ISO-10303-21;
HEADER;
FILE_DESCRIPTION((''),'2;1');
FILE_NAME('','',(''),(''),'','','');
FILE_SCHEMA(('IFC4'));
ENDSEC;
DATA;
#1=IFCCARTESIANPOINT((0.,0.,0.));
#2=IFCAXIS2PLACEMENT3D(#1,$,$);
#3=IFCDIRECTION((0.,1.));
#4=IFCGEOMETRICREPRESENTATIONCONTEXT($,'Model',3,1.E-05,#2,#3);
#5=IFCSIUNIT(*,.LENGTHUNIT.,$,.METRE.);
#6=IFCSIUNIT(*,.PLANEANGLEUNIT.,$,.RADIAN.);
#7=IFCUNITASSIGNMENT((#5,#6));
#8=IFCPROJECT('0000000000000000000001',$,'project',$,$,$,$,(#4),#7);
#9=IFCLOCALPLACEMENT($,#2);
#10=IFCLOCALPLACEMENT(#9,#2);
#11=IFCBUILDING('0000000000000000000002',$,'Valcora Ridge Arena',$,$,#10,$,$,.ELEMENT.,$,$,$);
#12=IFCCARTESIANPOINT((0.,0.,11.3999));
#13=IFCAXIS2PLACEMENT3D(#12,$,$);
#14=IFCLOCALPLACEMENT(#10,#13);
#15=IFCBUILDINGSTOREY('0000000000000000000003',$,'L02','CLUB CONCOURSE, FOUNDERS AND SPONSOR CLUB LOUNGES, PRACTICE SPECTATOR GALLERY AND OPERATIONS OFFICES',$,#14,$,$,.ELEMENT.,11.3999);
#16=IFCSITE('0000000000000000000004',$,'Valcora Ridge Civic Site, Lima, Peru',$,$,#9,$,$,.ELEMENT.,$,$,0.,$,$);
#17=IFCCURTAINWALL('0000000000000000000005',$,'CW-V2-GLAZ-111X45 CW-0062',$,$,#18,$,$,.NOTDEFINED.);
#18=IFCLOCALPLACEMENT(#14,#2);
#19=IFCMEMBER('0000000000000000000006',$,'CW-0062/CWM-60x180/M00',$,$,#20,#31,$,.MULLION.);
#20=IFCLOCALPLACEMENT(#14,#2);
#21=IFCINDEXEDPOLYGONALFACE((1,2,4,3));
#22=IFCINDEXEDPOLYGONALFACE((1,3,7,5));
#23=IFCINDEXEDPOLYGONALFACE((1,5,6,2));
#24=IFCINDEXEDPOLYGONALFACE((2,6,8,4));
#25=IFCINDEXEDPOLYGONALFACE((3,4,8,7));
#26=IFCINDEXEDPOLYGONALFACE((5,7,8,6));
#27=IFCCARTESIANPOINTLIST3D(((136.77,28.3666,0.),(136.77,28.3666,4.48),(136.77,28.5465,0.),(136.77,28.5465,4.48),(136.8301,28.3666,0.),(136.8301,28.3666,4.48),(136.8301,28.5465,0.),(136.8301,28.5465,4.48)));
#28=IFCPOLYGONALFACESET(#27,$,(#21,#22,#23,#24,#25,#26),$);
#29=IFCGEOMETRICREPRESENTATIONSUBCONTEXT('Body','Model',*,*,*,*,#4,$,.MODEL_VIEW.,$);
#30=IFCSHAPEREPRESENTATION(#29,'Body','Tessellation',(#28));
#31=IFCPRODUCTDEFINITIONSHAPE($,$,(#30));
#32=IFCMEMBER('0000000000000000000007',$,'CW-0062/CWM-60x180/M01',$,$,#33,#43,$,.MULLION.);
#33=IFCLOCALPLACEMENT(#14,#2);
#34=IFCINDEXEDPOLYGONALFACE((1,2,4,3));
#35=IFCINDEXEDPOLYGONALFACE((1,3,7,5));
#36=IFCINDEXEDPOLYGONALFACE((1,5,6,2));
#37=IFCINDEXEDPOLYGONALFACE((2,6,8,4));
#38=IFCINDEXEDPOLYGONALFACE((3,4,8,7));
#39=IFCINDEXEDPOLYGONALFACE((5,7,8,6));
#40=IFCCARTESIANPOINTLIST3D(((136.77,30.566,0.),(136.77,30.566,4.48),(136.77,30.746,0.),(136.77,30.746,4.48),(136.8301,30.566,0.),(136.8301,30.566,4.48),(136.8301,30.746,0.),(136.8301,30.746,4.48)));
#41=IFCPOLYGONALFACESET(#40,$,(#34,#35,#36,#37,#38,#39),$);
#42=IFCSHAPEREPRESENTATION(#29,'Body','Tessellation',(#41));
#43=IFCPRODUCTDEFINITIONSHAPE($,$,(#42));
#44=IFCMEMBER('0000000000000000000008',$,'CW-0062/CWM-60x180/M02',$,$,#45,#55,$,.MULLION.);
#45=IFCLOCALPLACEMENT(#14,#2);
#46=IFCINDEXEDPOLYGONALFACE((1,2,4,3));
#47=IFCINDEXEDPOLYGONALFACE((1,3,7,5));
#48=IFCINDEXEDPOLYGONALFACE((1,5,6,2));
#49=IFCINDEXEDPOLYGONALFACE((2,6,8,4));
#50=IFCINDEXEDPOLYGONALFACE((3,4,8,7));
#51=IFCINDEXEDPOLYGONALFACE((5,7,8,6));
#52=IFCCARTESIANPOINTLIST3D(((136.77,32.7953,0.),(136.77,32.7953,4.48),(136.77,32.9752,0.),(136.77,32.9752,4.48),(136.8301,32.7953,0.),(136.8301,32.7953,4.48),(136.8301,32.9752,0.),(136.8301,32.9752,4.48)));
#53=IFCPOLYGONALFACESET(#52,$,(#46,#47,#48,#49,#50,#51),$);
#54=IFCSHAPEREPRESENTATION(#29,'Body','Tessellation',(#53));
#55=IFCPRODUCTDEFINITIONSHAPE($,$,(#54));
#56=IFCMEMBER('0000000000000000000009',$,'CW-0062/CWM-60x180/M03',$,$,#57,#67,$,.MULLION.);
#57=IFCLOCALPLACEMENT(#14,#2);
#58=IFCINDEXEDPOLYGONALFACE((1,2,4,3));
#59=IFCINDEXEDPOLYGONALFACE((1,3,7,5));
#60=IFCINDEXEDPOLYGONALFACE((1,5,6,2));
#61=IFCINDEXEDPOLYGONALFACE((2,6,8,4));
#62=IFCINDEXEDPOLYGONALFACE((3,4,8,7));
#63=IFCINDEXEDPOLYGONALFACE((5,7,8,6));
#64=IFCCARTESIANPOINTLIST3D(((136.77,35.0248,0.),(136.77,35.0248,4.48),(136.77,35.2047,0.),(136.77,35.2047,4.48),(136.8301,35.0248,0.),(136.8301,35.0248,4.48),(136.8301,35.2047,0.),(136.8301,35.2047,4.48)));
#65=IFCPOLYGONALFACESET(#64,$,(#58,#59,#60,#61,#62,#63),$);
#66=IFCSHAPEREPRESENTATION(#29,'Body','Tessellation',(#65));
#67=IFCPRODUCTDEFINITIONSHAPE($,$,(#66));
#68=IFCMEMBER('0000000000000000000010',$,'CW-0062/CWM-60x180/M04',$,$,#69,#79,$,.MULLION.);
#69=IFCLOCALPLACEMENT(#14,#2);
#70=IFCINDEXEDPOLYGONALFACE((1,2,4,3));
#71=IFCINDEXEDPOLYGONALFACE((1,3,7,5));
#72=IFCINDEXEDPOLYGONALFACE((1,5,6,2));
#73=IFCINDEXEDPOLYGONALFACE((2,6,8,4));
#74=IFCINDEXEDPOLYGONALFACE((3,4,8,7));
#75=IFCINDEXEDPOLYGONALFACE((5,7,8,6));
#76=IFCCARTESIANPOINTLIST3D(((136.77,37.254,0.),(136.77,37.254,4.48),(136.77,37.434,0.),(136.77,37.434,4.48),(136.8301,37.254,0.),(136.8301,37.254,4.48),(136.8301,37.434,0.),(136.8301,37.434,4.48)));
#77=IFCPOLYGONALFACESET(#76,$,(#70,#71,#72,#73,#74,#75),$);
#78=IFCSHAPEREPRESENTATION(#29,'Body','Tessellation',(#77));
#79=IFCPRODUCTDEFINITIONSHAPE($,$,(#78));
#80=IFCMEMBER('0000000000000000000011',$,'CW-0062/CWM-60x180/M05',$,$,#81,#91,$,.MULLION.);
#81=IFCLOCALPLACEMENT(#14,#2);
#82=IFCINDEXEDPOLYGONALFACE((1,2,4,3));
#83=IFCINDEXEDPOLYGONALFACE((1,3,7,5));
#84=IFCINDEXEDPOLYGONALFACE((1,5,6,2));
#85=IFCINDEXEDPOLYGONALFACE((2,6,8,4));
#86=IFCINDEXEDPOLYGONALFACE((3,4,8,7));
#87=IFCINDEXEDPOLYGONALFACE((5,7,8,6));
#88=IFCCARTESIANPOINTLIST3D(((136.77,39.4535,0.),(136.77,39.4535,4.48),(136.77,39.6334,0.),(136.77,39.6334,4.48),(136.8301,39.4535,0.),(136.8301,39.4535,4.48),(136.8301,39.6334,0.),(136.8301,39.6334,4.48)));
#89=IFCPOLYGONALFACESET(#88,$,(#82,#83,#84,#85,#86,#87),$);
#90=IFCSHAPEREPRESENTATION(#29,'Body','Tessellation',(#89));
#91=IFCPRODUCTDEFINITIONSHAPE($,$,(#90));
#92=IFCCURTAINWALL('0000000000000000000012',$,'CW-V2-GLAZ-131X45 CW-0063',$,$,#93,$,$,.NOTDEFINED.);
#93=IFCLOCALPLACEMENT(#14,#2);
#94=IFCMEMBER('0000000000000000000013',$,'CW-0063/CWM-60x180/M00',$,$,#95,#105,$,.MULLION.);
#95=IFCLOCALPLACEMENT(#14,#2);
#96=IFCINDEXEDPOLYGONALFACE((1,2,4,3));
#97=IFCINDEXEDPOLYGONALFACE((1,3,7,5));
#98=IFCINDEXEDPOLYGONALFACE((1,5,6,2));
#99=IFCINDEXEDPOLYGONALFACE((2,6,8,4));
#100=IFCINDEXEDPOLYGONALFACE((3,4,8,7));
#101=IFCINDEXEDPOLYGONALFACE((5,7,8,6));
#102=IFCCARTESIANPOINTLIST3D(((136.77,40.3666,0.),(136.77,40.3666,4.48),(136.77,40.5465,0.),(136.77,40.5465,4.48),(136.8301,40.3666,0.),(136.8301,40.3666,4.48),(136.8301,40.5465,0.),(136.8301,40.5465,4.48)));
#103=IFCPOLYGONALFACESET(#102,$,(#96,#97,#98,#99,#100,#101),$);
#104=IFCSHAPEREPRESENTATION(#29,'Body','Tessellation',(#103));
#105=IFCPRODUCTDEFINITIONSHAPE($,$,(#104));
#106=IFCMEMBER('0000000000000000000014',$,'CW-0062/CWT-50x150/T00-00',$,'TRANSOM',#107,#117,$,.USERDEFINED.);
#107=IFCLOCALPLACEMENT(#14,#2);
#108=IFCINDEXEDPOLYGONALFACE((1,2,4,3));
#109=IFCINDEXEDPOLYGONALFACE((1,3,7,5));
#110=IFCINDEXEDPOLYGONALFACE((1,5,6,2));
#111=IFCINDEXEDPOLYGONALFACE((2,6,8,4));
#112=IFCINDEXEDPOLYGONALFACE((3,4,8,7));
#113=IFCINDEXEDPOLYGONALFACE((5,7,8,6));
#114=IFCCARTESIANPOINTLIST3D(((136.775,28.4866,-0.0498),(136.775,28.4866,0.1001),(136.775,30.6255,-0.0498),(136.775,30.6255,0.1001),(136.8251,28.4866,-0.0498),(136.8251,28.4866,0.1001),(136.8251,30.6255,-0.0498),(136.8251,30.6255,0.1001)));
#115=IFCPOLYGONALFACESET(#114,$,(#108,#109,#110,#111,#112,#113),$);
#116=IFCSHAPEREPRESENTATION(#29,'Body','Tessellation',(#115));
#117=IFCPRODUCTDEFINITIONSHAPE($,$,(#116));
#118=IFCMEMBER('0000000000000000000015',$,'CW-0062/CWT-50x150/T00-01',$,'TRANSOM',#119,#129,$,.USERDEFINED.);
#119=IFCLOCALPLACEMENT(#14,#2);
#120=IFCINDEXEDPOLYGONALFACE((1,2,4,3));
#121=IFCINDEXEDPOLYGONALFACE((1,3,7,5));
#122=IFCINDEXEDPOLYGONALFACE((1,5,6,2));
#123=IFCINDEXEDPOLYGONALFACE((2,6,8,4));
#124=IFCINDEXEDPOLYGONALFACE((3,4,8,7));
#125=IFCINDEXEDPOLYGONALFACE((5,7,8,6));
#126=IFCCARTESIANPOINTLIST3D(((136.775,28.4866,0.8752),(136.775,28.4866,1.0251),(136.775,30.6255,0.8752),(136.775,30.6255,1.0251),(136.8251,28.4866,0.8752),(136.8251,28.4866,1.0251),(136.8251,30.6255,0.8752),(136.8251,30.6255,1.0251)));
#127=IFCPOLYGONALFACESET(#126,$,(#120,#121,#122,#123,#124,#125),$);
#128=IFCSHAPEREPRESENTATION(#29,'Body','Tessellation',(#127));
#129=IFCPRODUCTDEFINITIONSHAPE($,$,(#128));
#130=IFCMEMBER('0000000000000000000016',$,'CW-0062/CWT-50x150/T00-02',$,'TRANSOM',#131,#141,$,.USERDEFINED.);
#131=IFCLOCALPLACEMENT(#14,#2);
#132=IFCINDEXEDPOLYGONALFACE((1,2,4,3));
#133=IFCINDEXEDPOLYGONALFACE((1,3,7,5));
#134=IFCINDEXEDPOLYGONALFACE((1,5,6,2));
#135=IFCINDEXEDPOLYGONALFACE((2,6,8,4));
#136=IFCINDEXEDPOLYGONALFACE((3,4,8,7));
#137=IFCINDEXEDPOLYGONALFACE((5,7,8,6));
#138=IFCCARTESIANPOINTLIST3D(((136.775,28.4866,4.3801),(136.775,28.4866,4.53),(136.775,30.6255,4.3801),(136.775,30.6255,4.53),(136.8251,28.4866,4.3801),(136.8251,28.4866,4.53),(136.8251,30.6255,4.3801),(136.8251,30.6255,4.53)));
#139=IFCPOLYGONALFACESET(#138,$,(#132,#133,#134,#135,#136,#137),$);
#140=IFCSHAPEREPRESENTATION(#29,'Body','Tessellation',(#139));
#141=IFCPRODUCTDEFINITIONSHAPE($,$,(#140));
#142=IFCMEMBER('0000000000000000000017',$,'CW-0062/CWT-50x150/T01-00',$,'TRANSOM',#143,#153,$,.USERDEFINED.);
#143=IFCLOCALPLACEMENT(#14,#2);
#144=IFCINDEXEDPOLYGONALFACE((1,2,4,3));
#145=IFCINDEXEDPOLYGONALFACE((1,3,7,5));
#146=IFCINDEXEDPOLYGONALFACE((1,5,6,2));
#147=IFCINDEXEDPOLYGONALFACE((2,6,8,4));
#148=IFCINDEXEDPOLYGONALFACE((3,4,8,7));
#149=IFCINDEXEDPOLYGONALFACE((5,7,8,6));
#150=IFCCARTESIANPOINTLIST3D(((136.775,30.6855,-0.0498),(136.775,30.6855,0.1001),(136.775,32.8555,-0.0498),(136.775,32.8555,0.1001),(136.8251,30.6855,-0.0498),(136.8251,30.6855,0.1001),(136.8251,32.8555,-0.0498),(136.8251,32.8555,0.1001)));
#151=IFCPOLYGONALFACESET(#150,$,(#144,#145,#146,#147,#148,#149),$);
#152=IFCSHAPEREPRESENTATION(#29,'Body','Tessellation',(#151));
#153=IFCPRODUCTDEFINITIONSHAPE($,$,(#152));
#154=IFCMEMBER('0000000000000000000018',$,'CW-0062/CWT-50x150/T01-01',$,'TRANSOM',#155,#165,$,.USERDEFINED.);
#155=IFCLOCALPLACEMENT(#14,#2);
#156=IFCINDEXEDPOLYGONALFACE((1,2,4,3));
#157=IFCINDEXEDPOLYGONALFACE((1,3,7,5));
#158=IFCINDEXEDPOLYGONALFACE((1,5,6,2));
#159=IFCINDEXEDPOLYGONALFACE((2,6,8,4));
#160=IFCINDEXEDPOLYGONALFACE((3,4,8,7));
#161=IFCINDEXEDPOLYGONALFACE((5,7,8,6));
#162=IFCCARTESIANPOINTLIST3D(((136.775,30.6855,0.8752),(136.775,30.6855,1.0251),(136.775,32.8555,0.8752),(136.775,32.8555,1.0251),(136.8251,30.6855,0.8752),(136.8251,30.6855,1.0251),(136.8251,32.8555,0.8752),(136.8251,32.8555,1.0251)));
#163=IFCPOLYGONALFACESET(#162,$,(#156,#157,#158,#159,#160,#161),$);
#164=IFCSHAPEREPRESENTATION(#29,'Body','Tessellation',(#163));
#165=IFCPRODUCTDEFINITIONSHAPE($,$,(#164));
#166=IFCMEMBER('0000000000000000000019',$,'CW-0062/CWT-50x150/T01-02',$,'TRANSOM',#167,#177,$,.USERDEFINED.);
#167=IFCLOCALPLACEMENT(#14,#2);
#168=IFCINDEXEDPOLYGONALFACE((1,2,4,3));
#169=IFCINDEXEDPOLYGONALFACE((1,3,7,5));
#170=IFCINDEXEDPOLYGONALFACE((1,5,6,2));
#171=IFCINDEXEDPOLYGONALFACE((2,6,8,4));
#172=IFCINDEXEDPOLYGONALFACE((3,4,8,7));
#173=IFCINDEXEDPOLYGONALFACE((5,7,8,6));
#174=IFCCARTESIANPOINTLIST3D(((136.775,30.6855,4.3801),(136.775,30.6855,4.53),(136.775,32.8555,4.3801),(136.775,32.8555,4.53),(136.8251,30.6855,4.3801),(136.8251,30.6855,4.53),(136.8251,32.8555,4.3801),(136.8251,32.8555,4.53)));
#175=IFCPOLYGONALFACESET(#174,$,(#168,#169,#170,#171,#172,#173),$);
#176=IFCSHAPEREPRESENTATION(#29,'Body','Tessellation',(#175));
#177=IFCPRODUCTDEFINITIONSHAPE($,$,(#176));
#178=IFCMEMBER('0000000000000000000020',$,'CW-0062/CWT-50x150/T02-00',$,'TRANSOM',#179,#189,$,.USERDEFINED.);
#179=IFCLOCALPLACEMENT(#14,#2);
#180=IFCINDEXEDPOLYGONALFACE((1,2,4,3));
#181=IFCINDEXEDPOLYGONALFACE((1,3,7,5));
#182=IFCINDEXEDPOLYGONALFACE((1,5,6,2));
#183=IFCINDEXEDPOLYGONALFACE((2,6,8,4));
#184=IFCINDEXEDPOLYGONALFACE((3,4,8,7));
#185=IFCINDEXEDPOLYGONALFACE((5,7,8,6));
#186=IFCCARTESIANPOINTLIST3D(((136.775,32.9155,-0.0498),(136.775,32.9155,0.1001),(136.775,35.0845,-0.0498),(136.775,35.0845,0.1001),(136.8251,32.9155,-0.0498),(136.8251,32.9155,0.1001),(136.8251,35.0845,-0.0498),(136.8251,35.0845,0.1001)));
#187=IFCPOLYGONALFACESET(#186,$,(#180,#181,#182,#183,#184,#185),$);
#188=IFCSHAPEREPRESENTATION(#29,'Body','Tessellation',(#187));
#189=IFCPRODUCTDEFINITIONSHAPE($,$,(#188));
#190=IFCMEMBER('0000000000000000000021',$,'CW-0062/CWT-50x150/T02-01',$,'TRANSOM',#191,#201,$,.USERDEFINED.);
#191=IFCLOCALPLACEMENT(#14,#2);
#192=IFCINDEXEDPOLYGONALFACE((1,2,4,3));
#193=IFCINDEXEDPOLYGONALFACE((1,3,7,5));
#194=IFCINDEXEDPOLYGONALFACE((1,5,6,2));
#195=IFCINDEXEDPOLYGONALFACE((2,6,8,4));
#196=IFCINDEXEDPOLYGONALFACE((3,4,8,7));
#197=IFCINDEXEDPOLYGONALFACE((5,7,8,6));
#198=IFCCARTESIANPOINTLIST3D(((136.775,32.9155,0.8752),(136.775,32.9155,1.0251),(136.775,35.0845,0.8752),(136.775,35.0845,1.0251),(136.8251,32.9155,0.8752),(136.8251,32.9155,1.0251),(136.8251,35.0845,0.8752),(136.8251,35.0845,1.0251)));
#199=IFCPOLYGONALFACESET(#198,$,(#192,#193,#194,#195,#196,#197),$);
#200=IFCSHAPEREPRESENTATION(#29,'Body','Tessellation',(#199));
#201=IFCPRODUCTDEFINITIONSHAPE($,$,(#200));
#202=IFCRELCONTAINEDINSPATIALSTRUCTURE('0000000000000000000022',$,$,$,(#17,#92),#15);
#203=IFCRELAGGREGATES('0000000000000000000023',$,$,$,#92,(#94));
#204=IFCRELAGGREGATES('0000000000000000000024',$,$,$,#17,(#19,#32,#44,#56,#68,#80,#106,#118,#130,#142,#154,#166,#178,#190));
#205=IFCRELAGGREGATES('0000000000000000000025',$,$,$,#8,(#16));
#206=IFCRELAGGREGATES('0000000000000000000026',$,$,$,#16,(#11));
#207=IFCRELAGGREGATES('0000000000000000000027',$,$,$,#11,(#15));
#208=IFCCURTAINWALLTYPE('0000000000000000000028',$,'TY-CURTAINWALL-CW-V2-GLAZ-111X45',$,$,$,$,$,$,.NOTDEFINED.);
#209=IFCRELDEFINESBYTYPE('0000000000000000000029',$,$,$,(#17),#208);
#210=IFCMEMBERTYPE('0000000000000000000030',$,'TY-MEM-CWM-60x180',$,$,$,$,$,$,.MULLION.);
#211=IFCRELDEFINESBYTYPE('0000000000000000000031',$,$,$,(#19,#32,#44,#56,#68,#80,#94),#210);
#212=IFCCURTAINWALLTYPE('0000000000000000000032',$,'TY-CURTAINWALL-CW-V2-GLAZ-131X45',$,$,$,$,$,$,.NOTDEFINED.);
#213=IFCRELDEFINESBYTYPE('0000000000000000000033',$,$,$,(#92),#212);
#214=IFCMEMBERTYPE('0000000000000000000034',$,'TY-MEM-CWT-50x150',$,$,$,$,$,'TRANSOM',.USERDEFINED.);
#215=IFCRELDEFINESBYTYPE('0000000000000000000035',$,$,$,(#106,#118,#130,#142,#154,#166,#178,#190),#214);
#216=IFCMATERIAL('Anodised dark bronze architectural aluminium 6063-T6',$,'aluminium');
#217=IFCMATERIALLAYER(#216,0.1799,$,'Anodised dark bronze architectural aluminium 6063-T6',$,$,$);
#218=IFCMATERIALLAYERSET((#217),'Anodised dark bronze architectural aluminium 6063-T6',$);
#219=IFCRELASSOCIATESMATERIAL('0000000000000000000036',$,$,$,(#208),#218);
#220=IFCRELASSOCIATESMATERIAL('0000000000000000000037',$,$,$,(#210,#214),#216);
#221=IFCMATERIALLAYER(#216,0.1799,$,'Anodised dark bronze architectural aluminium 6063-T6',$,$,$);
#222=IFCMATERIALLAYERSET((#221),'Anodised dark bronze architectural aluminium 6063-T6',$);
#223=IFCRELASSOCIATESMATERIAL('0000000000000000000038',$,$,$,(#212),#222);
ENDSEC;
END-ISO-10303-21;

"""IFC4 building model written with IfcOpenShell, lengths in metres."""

from ifc_helpers import new_model, si_unit, direction, frame, origin, origin_2d, place, context, subcontext, project, spatial, rectangle, extrude, material, layer, layer_set, material_profile, profile_set, type_object, element, aggregate, save


model = new_model("IFC4")

# Units and contexts
model_context = context("Model", 3, precision=1e-05, world=origin(), true_north=direction((0.0, 1.0)))
body_context = subcontext(model_context, "Body", "Model", "MODEL_VIEW")
ifc_project = project(units=[si_unit("LENGTHUNIT", "METRE"), si_unit("PLANEANGLEUNIT", "RADIAN")], contexts=[model_context])

# Site, building, storey
site_placement = place(None, origin())
site = spatial("IfcSite", under=ifc_project, at=site_placement, Name="Valcora Ridge Civic Site, Lima, Peru", CompositionType="ELEMENT", RefElevation=0.0)
building_placement = place(site_placement, origin())
building = spatial("IfcBuilding", under=site, at=building_placement, Name="Valcora Ridge Arena", CompositionType="ELEMENT")
storey_placement = place(building_placement, frame((0.0, 0.0, 11.3999)))
storey = spatial("IfcBuildingStorey", under=building, at=storey_placement, Name="L02", Description="CLUB CONCOURSE, FOUNDERS AND SPONSOR CLUB LOUNGES, PRACTICE SPECTATOR GALLERY AND OPERATIONS OFFICES", CompositionType="ELEMENT", Elevation=11.3999)

# Curtain wall, members
ifc_material_1 = material(Name="Anodised dark bronze architectural aluminium 6063-T6", Category="aluminium")
ifc_layer_1 = layer(ifc_material_1, 0.1799, Name="Anodised dark bronze architectural aluminium 6063-T6")
ifc_layer_set_1 = layer_set([ifc_layer_1], Name="Anodised dark bronze architectural aluminium 6063-T6")
curtain_wall_type_1 = type_object("IfcCurtainWallType", Name="TY-CURTAINWALL-CW-V2-GLAZ-111X45", PredefinedType="NOTDEFINED", material=ifc_layer_set_1)
curtain_wall_1_placement = place(storey_placement, origin())
curtain_wall_1 = element("IfcCurtainWall", 1, at=curtain_wall_1_placement, inside=storey, type_object=curtain_wall_type_1, Name="CW-V2-GLAZ-111X45 CW-0062", PredefinedType="NOTDEFINED")
ifc_material_profile_1 = material_profile(ifc_material_1, rectangle(XDim=0.0601, YDim=0.1799, at=origin_2d()), Name="ALU MULLION 60x180")
ifc_profile_set_1 = profile_set([ifc_material_profile_1], Name="Anodised dark bronze architectural aluminium 6063-T6")
member_type_1 = type_object("IfcMemberType", Name="TY-MEM-CWM-60x180", PredefinedType="MULLION", material=ifc_profile_set_1)
member_1_placement = place(storey_placement, frame((136.8, 28.4565, 0.0), z_axis=(0.0, 0.0, 1.0), x_axis=(-1.0, 0.0, 0.0)))
member_1 = element("IfcMember", 2, at=member_1_placement, type_object=member_type_1, Name="CW-0062/CWM-60x180/M00", PredefinedType="MULLION", context=body_context, shape_type="SweptSolid", body=[
    extrude(rectangle(XDim=0.0601, YDim=0.1799, at=origin_2d()), origin(), (0.0, 0.0, 1.0), 4.48),
])
member_2_placement = place(storey_placement, frame((136.8, 30.656, 0.0), z_axis=(0.0, 0.0, 1.0), x_axis=(-1.0, 0.0, 0.0)))
member_2 = element("IfcMember", 3, at=member_2_placement, type_object=member_type_1, Name="CW-0062/CWM-60x180/M01", PredefinedType="MULLION", context=body_context, shape_type="SweptSolid", body=[
    extrude(rectangle(XDim=0.0601, YDim=0.1799, at=origin_2d()), origin(), (0.0, 0.0, 1.0), 4.48),
])
member_3_placement = place(storey_placement, frame((136.8, 32.8853, 0.0), z_axis=(0.0, 0.0, 1.0), x_axis=(-1.0, 0.0, 0.0)))
member_3 = element("IfcMember", 4, at=member_3_placement, type_object=member_type_1, Name="CW-0062/CWM-60x180/M02", PredefinedType="MULLION", context=body_context, shape_type="SweptSolid", body=[
    extrude(rectangle(XDim=0.0601, YDim=0.1799, at=origin_2d()), origin(), (0.0, 0.0, 1.0), 4.48),
])
member_4_placement = place(storey_placement, frame((136.8, 35.1147, 0.0), z_axis=(0.0, 0.0, 1.0), x_axis=(-1.0, 0.0, 0.0)))
member_4 = element("IfcMember", 5, at=member_4_placement, type_object=member_type_1, Name="CW-0062/CWM-60x180/M03", PredefinedType="MULLION", context=body_context, shape_type="SweptSolid", body=[
    extrude(rectangle(XDim=0.0601, YDim=0.1799, at=origin_2d()), origin(), (0.0, 0.0, 1.0), 4.48),
])
member_5_placement = place(storey_placement, frame((136.8, 37.344, 0.0), z_axis=(0.0, 0.0, 1.0), x_axis=(-1.0, 0.0, 0.0)))
member_5 = element("IfcMember", 6, at=member_5_placement, type_object=member_type_1, Name="CW-0062/CWM-60x180/M04", PredefinedType="MULLION", context=body_context, shape_type="SweptSolid", body=[
    extrude(rectangle(XDim=0.0601, YDim=0.1799, at=origin_2d()), origin(), (0.0, 0.0, 1.0), 4.48),
])
member_6_placement = place(storey_placement, frame((136.8, 39.5435, 0.0), z_axis=(0.0, 0.0, 1.0), x_axis=(-1.0, 0.0, 0.0)))
member_6 = element("IfcMember", 7, at=member_6_placement, type_object=member_type_1, Name="CW-0062/CWM-60x180/M05", PredefinedType="MULLION", context=body_context, shape_type="SweptSolid", body=[
    extrude(rectangle(XDim=0.0601, YDim=0.1799, at=origin_2d()), origin(), (0.0, 0.0, 1.0), 4.48),
])

# Curtain wall, member
ifc_layer_2 = layer(ifc_material_1, 0.1799, Name="Anodised dark bronze architectural aluminium 6063-T6")
ifc_layer_set_2 = layer_set([ifc_layer_2], Name="Anodised dark bronze architectural aluminium 6063-T6")
curtain_wall_type_2 = type_object("IfcCurtainWallType", Name="TY-CURTAINWALL-CW-V2-GLAZ-131X45", PredefinedType="NOTDEFINED", material=ifc_layer_set_2)
curtain_wall_2_placement = place(storey_placement, origin())
curtain_wall_2 = element("IfcCurtainWall", 8, at=curtain_wall_2_placement, inside=storey, type_object=curtain_wall_type_2, Name="CW-V2-GLAZ-131X45 CW-0063", PredefinedType="NOTDEFINED")
member_7_placement = place(storey_placement, frame((136.8, 40.4565, 0.0), z_axis=(0.0, 0.0, 1.0), x_axis=(-1.0, 0.0, 0.0)))
member_7 = element("IfcMember", 9, at=member_7_placement, type_object=member_type_1, Name="CW-0063/CWM-60x180/M00", PredefinedType="MULLION", context=body_context, shape_type="SweptSolid", body=[
    extrude(rectangle(XDim=0.0601, YDim=0.1799, at=origin_2d()), origin(), (0.0, 0.0, 1.0), 4.48),
])

# Members
ifc_material_profile_2 = material_profile(ifc_material_1, rectangle(XDim=0.05, YDim=0.1499, at=origin_2d()), Name="ALU TRANSOM 50x150")
ifc_profile_set_2 = profile_set([ifc_material_profile_2], Name="Anodised dark bronze architectural aluminium 6063-T6")
member_type_2 = type_object("IfcMemberType", Name="TY-MEM-CWT-50x150", ElementType="TRANSOM", PredefinedType="USERDEFINED", material=ifc_profile_set_2)
member_8_placement = place(storey_placement, frame((136.8, 28.4866, 0.0251), z_axis=(0.0, 1.0, 0.0), x_axis=(-1.0, 0.0, 0.0)))
member_8 = element("IfcMember", 10, at=member_8_placement, type_object=member_type_2, Name="CW-0062/CWT-50x150/T00-00", ObjectType="TRANSOM", PredefinedType="USERDEFINED", context=body_context, shape_type="SweptSolid", body=[
    extrude(rectangle(XDim=0.05, YDim=0.1499, at=origin_2d()), origin(), (0.0, 0.0, 1.0), 2.1389),
])
member_9_placement = place(storey_placement, frame((136.8, 28.4866, 0.9502), z_axis=(0.0, 1.0, 0.0), x_axis=(-1.0, 0.0, 0.0)))
member_9 = element("IfcMember", 11, at=member_9_placement, type_object=member_type_2, Name="CW-0062/CWT-50x150/T00-01", ObjectType="TRANSOM", PredefinedType="USERDEFINED", context=body_context, shape_type="SweptSolid", body=[
    extrude(rectangle(XDim=0.05, YDim=0.1499, at=origin_2d()), origin(), (0.0, 0.0, 1.0), 2.1389),
])
member_10_placement = place(storey_placement, frame((136.8, 28.4866, 4.4551), z_axis=(0.0, 1.0, 0.0), x_axis=(-1.0, 0.0, 0.0)))
member_10 = element("IfcMember", 12, at=member_10_placement, type_object=member_type_2, Name="CW-0062/CWT-50x150/T00-02", ObjectType="TRANSOM", PredefinedType="USERDEFINED", context=body_context, shape_type="SweptSolid", body=[
    extrude(rectangle(XDim=0.05, YDim=0.1499, at=origin_2d()), origin(), (0.0, 0.0, 1.0), 2.1389),
])
member_11_placement = place(storey_placement, frame((136.8, 30.6855, 0.0251), z_axis=(0.0, 1.0, 0.0), x_axis=(-1.0, 0.0, 0.0)))
member_11 = element("IfcMember", 13, at=member_11_placement, type_object=member_type_2, Name="CW-0062/CWT-50x150/T01-00", ObjectType="TRANSOM", PredefinedType="USERDEFINED", context=body_context, shape_type="SweptSolid", body=[
    extrude(rectangle(XDim=0.05, YDim=0.1499, at=origin_2d()), origin(), (0.0, 0.0, 1.0), 2.1699),
])
member_12_placement = place(storey_placement, frame((136.8, 30.6855, 0.9502), z_axis=(0.0, 1.0, 0.0), x_axis=(-1.0, 0.0, 0.0)))
member_12 = element("IfcMember", 14, at=member_12_placement, type_object=member_type_2, Name="CW-0062/CWT-50x150/T01-01", ObjectType="TRANSOM", PredefinedType="USERDEFINED", context=body_context, shape_type="SweptSolid", body=[
    extrude(rectangle(XDim=0.05, YDim=0.1499, at=origin_2d()), origin(), (0.0, 0.0, 1.0), 2.1699),
])
member_13_placement = place(storey_placement, frame((136.8, 30.6855, 4.4551), z_axis=(0.0, 1.0, 0.0), x_axis=(-1.0, 0.0, 0.0)))
member_13 = element("IfcMember", 15, at=member_13_placement, type_object=member_type_2, Name="CW-0062/CWT-50x150/T01-02", ObjectType="TRANSOM", PredefinedType="USERDEFINED", context=body_context, shape_type="SweptSolid", body=[
    extrude(rectangle(XDim=0.05, YDim=0.1499, at=origin_2d()), origin(), (0.0, 0.0, 1.0), 2.1699),
])
member_14_placement = place(storey_placement, frame((136.8, 32.9155, 0.0251), z_axis=(0.0, 1.0, 0.0), x_axis=(-1.0, 0.0, 0.0)))
member_14 = element("IfcMember", 16, at=member_14_placement, type_object=member_type_2, Name="CW-0062/CWT-50x150/T02-00", ObjectType="TRANSOM", PredefinedType="USERDEFINED", context=body_context, shape_type="SweptSolid", body=[
    extrude(rectangle(XDim=0.05, YDim=0.1499, at=origin_2d()), origin(), (0.0, 0.0, 1.0), 2.1689),
])
member_15_placement = place(storey_placement, frame((136.8, 32.9155, 0.9502), z_axis=(0.0, 1.0, 0.0), x_axis=(-1.0, 0.0, 0.0)))
member_15 = element("IfcMember", 17, at=member_15_placement, type_object=member_type_2, Name="CW-0062/CWT-50x150/T02-01", ObjectType="TRANSOM", PredefinedType="USERDEFINED", context=body_context, shape_type="SweptSolid", body=[
    extrude(rectangle(XDim=0.05, YDim=0.1499, at=origin_2d()), origin(), (0.0, 0.0, 1.0), 2.1689),
])
aggregate(curtain_wall_2, [member_7])

aggregate(curtain_wall_1, [member_1, member_2, member_3, member_4, member_5, member_6, member_8, member_9, member_10, member_11, member_12, member_13, member_14, member_15])

save(model, "model.ifc")
